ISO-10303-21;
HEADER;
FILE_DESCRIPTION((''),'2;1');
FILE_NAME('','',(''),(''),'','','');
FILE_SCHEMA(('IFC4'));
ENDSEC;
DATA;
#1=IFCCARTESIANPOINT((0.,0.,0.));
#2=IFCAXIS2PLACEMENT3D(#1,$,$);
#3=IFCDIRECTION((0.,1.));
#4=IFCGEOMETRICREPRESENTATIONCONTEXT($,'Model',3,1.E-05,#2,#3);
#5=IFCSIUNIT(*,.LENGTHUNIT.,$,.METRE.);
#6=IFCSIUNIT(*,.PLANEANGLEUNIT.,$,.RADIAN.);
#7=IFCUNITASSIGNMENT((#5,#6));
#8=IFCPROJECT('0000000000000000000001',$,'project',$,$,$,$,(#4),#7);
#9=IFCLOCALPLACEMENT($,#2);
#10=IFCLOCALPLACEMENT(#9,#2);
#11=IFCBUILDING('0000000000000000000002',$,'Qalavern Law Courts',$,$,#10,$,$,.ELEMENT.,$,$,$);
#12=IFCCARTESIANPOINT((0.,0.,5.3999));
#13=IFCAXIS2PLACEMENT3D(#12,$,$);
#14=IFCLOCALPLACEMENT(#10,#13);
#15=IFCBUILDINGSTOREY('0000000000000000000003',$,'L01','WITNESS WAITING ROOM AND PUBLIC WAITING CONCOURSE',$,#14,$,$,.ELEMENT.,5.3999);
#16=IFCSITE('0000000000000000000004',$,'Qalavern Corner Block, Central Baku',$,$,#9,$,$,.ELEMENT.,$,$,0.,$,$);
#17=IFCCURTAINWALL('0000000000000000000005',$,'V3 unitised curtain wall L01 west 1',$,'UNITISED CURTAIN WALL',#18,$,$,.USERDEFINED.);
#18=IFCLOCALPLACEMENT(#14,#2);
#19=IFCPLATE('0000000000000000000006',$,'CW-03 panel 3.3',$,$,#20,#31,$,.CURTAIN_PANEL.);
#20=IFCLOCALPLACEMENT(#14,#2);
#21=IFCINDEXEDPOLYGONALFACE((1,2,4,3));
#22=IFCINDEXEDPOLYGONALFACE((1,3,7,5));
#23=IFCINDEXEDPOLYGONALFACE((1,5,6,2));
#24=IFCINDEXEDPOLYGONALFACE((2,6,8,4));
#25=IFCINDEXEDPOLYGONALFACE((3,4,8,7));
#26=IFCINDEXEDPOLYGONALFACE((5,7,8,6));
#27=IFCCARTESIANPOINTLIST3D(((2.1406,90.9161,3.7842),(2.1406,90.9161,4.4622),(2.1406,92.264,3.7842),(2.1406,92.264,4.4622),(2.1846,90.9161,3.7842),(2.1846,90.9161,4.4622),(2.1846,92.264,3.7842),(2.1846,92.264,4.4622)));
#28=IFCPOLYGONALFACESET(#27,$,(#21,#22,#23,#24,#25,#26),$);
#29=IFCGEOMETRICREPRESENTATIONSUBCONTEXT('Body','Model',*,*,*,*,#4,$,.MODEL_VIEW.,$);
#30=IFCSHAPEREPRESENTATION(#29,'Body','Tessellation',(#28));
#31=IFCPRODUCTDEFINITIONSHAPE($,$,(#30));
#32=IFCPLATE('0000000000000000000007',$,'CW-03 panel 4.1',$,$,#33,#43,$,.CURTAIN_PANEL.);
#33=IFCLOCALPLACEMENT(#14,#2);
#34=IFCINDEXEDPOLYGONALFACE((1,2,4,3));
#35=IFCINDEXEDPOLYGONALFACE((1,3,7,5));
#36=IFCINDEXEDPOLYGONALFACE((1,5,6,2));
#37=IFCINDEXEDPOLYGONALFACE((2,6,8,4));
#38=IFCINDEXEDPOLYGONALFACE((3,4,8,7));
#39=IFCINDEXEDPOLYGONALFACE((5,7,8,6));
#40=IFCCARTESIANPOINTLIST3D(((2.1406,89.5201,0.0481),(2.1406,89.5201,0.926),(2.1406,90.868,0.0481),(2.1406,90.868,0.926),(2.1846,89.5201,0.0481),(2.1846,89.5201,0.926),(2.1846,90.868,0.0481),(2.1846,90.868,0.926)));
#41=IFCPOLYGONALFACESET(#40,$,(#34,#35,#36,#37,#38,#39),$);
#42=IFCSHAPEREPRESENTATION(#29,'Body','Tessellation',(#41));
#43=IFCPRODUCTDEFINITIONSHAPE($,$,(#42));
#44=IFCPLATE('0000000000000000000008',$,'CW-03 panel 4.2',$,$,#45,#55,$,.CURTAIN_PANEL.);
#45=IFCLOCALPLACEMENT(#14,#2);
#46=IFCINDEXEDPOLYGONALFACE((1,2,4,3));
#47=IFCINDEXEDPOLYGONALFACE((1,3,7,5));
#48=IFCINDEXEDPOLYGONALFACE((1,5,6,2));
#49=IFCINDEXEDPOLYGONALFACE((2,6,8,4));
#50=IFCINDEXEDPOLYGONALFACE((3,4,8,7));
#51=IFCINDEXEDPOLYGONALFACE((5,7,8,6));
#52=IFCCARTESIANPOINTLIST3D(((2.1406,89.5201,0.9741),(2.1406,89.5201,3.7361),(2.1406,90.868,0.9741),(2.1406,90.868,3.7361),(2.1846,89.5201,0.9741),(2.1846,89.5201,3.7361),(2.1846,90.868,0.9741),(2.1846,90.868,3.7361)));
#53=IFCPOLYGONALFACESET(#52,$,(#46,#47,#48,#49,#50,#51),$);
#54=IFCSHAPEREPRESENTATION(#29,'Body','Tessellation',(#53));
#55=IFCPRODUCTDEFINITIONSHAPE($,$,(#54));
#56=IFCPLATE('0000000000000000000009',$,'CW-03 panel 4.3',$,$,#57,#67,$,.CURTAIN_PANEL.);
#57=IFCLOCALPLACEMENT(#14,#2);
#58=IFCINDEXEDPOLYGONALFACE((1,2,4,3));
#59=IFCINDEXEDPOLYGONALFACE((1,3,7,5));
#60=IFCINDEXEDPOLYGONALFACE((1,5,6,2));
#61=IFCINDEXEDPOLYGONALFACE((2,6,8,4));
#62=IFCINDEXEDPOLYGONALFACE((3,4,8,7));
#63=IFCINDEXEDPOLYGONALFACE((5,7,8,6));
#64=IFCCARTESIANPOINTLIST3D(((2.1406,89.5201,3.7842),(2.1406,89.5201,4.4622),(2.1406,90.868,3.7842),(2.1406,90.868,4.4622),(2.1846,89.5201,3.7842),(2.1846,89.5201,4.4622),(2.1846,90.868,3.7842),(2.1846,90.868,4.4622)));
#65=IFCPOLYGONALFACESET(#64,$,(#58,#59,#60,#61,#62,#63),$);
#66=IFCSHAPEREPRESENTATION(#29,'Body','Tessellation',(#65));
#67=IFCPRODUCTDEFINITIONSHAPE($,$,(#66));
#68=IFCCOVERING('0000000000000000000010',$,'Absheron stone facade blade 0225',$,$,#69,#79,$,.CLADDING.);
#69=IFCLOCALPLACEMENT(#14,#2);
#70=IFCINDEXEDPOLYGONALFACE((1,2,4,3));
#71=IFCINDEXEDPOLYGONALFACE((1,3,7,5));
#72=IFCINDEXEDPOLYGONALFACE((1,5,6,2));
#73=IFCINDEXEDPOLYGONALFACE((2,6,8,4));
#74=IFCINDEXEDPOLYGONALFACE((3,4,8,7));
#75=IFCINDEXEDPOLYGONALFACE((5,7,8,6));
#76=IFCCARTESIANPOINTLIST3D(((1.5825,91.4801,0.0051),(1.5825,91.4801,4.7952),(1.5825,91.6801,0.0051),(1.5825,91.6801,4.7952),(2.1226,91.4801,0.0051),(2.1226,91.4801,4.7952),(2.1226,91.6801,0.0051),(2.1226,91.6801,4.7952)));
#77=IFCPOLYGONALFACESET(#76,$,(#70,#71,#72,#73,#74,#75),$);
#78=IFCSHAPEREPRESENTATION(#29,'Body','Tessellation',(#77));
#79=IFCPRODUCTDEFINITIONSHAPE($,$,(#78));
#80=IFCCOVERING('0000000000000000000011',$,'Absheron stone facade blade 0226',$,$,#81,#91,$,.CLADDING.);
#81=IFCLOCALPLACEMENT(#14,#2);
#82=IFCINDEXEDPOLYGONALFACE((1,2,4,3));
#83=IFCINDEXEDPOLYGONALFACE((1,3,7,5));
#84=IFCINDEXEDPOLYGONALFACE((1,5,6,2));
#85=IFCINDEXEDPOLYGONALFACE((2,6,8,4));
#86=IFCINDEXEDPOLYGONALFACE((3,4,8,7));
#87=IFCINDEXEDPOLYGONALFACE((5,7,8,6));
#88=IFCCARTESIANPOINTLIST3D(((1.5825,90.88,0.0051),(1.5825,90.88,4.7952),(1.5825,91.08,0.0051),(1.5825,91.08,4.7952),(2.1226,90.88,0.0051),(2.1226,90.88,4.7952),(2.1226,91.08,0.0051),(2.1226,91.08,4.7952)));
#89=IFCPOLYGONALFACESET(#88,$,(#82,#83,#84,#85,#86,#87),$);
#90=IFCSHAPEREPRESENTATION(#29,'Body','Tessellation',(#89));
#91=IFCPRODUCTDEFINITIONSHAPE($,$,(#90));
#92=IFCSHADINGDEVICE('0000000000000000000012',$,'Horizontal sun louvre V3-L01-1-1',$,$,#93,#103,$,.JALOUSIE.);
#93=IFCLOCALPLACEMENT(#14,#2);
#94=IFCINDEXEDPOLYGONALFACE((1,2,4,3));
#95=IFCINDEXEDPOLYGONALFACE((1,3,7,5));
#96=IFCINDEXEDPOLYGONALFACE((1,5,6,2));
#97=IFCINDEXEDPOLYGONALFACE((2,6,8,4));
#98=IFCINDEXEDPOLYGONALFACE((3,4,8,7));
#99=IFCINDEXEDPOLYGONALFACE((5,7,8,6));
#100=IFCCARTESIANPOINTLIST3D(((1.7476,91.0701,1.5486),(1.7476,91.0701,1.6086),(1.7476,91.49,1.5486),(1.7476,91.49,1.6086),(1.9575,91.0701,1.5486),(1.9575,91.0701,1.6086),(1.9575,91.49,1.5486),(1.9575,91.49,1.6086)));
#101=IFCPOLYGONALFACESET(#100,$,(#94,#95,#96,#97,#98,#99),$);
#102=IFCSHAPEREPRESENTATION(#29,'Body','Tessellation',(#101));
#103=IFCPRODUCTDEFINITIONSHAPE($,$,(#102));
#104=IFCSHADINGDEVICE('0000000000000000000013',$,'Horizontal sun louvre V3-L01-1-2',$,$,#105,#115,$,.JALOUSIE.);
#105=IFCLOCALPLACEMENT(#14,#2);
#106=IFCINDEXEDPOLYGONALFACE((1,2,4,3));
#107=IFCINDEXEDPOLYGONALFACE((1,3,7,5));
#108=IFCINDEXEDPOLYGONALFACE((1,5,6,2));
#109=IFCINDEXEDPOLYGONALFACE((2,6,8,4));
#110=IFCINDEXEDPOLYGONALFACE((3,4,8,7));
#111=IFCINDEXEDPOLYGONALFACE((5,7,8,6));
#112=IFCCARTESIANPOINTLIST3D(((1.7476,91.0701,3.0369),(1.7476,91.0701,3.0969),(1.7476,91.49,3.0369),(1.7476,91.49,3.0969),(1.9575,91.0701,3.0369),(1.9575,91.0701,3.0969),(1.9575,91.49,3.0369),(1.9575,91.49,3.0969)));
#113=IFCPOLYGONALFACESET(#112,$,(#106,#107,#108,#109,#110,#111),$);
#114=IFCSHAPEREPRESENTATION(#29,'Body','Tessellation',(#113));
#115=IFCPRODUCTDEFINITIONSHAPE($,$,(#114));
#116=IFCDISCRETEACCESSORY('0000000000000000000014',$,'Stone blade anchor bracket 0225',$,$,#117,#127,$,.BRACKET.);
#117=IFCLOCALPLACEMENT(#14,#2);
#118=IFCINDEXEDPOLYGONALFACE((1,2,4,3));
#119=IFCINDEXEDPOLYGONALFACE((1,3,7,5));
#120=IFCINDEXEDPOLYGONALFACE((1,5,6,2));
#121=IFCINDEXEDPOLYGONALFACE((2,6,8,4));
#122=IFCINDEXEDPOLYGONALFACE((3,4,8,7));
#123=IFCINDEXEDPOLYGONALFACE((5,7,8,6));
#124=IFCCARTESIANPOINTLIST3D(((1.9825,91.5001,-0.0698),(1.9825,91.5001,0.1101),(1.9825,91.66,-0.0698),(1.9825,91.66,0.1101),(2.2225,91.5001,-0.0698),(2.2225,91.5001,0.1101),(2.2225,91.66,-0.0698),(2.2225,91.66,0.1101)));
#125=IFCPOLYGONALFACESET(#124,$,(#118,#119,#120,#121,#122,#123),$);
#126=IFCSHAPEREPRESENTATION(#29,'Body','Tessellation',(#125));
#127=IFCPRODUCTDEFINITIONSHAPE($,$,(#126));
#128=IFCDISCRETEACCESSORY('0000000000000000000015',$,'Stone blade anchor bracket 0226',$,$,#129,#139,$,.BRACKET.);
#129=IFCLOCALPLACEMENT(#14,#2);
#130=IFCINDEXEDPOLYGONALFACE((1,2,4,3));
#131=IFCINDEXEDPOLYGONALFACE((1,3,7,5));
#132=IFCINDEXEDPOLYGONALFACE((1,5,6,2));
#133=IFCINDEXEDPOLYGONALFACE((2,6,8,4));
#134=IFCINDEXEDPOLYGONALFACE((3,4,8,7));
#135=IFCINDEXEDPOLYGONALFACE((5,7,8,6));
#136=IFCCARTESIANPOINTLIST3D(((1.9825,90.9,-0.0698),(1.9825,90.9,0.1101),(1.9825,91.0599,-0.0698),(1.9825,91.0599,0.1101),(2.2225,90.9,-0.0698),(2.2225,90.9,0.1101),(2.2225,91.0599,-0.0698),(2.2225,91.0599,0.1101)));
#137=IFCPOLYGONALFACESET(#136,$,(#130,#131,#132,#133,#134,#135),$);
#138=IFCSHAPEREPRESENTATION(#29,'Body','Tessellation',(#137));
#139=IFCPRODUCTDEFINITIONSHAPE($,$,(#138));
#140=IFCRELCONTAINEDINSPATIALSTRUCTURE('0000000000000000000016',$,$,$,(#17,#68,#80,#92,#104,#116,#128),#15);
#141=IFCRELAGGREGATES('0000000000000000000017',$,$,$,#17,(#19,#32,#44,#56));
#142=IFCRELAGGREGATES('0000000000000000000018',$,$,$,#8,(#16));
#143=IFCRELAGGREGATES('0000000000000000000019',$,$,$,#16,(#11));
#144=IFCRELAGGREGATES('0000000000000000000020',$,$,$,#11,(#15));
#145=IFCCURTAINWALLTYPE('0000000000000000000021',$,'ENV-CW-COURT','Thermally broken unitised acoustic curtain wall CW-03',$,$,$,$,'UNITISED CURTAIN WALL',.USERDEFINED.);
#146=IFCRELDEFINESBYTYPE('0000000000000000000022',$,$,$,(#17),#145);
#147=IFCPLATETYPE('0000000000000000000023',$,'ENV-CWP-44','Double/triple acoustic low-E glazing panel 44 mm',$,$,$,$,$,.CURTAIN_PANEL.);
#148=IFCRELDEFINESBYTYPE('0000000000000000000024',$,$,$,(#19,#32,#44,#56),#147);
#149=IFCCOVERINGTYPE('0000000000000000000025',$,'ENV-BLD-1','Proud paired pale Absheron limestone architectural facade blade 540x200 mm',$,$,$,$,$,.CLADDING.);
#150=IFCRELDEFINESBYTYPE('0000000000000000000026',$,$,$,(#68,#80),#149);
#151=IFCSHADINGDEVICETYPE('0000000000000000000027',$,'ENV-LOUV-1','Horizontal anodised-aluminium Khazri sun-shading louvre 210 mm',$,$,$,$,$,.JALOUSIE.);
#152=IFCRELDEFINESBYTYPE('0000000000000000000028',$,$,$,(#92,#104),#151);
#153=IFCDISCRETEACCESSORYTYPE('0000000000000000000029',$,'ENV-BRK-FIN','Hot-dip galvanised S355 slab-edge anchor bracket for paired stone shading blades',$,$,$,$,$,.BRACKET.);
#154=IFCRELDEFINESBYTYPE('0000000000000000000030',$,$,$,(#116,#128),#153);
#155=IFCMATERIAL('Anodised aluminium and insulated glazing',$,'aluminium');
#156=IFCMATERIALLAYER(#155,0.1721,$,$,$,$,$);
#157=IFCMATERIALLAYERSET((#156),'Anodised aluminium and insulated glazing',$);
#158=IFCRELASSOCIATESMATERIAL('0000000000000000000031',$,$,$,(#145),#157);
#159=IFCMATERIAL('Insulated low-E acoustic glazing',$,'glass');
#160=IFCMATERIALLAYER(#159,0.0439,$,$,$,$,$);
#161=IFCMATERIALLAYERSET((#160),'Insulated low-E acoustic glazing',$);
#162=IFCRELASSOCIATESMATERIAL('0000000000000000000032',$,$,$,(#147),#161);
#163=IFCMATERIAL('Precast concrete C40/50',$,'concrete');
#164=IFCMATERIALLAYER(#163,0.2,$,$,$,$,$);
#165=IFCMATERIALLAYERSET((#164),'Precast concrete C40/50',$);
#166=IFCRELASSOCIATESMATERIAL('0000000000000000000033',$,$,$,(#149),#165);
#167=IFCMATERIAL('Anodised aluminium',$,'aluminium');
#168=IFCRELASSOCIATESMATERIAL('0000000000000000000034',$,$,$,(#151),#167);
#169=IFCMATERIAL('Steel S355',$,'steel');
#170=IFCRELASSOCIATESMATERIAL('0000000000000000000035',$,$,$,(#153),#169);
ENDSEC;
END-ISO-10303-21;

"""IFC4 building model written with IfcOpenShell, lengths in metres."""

from ifc_helpers import new_model, si_unit, direction, frame, origin, origin_2d, place, context, subcontext, project, spatial, rectangle, extrude, material, layer, layer_set, type_object, element, aggregate, save


model = new_model("IFC4")

# Units and contexts
model_context = context("Model", 3, precision=1e-05, world=origin(), true_north=direction((0.0, 1.0)))
body_context = subcontext(model_context, "Body", "Model", "MODEL_VIEW")
ifc_project = project(units=[si_unit("LENGTHUNIT", "METRE"), si_unit("PLANEANGLEUNIT", "RADIAN")], contexts=[model_context])

# Site, building, storey
site_placement = place(None, origin())
site = spatial("IfcSite", under=ifc_project, at=site_placement, Name="Qalavern Corner Block, Central Baku", CompositionType="ELEMENT", RefElevation=0.0)
building_placement = place(site_placement, origin())
building = spatial("IfcBuilding", under=site, at=building_placement, Name="Qalavern Law Courts", CompositionType="ELEMENT")
storey_placement = place(building_placement, frame((0.0, 0.0, 5.3999)))
storey = spatial("IfcBuildingStorey", under=building, at=storey_placement, Name="L01", Description="WITNESS WAITING ROOM AND PUBLIC WAITING CONCOURSE", CompositionType="ELEMENT", Elevation=5.3999)

# Curtain wall, plates
ifc_material_1 = material(Name="Anodised aluminium and insulated glazing", Category="aluminium")
ifc_layer_1 = layer(ifc_material_1, 0.1721)
ifc_layer_set_1 = layer_set([ifc_layer_1], Name="Anodised aluminium and insulated glazing")
curtain_wall_type = type_object("IfcCurtainWallType", Name="ENV-CW-COURT", Description="Thermally broken unitised acoustic curtain wall CW-03", ElementType="UNITISED CURTAIN WALL", PredefinedType="USERDEFINED", material=ifc_layer_set_1)
curtain_wall_placement = place(storey_placement, origin())
curtain_wall = element("IfcCurtainWall", 1, at=curtain_wall_placement, inside=storey, type_object=curtain_wall_type, Name="V3 unitised curtain wall L01 west 1", ObjectType="UNITISED CURTAIN WALL", PredefinedType="USERDEFINED")
ifc_material_2 = material(Name="Anodised aluminium", Category="aluminium")
ifc_material_3 = material(Name="Insulated low-E acoustic glazing", Category="glass")
ifc_layer_2 = layer(ifc_material_3, 0.0439)
ifc_layer_set_2 = layer_set([ifc_layer_2], Name="Insulated low-E acoustic glazing")
plate_type = type_object("IfcPlateType", Name="ENV-CWP-44", Description="Double/triple acoustic low-E glazing panel 44 mm", PredefinedType="CURTAIN_PANEL", material=ifc_layer_set_2)
plate_1_placement = place(storey_placement, frame((2.1626, 91.5901, 3.7842), z_axis=(0.0, 0.0, 1.0), x_axis=(0.0, -1.0, 0.0)))
plate_1 = element("IfcPlate", 2, at=plate_1_placement, type_object=plate_type, Name="CW-03 panel 3.3", PredefinedType="CURTAIN_PANEL", context=body_context, shape_type="SweptSolid", body=[
    extrude(rectangle(XDim=1.3479, YDim=0.0439, at=origin_2d()), origin(), (0.0, 0.0, 1.0), 0.678),
])
plate_2_placement = place(storey_placement, frame((2.1626, 90.1941, 0.0481), z_axis=(0.0, 0.0, 1.0), x_axis=(0.0, -1.0, 0.0)))
plate_2 = element("IfcPlate", 3, at=plate_2_placement, type_object=plate_type, Name="CW-03 panel 4.1", PredefinedType="CURTAIN_PANEL", context=body_context, shape_type="SweptSolid", body=[
    extrude(rectangle(XDim=1.3479, YDim=0.0439, at=origin_2d()), origin(), (0.0, 0.0, 1.0), 0.8779),
])
plate_3_placement = place(storey_placement, frame((2.1626, 90.1941, 0.9741), z_axis=(0.0, 0.0, 1.0), x_axis=(0.0, -1.0, 0.0)))
plate_3 = element("IfcPlate", 4, at=plate_3_placement, type_object=plate_type, Name="CW-03 panel 4.2", PredefinedType="CURTAIN_PANEL", context=body_context, shape_type="SweptSolid", body=[
    extrude(rectangle(XDim=1.3479, YDim=0.0439, at=origin_2d()), origin(), (0.0, 0.0, 1.0), 2.762),
])
plate_4_placement = place(storey_placement, frame((2.1626, 90.1941, 3.7842), z_axis=(0.0, 0.0, 1.0), x_axis=(0.0, -1.0, 0.0)))
plate_4 = element("IfcPlate", 5, at=plate_4_placement, type_object=plate_type, Name="CW-03 panel 4.3", PredefinedType="CURTAIN_PANEL", context=body_context, shape_type="SweptSolid", body=[
    extrude(rectangle(XDim=1.3479, YDim=0.0439, at=origin_2d()), origin(), (0.0, 0.0, 1.0), 0.678),
])
aggregate(curtain_wall, [plate_1, plate_2, plate_3, plate_4])

# Coverings
ifc_material_4 = material(Name="Precast concrete C40/50", Category="concrete")
ifc_layer_3 = layer(ifc_material_4, 0.2)
ifc_layer_set_3 = layer_set([ifc_layer_3], Name="Precast concrete C40/50")
covering_type = type_object("IfcCoveringType", Name="ENV-BLD-1", Description="Proud paired pale Absheron limestone architectural facade blade 540x200 mm", PredefinedType="CLADDING", material=ifc_layer_set_3)
for number, where, z_axis, x_axis, name in (
    (6, (1.8525, 91.5801, 0.0051), (0.0, 0.0, 1.0), (-1.0, 0.0, 0.0), "Absheron stone facade blade 0225"),
    (7, (1.8525, 90.98, 0.0051), (0.0, 0.0, 1.0), (-1.0, 0.0, 0.0), "Absheron stone facade blade 0226"),
):
    element("IfcCovering", number, at=place(storey_placement, frame(where, z_axis=z_axis, x_axis=x_axis)), inside=storey, type_object=covering_type, Name=name, PredefinedType="CLADDING", context=body_context, shape_type="SweptSolid", body=[
        extrude(rectangle(XDim=0.54, YDim=0.2, at=origin_2d()), origin(), (0.0, 0.0, 1.0), 4.79),
    ])

# Shading devices
shading_device_type = type_object("IfcShadingDeviceType", Name="ENV-LOUV-1", Description="Horizontal anodised-aluminium Khazri sun-shading louvre 210 mm", PredefinedType="JALOUSIE", material=ifc_material_2)
for number, where, z_axis, x_axis, name in (
    (8, (1.8525, 91.28, 1.5486), (0.0, 0.0, 1.0), (0.0, -1.0, 0.0), "Horizontal sun louvre V3-L01-1-1"),
    (9, (1.8525, 91.28, 3.0369), (0.0, 0.0, 1.0), (0.0, -1.0, 0.0), "Horizontal sun louvre V3-L01-1-2"),
):
    element("IfcShadingDevice", number, at=place(storey_placement, frame(where, z_axis=z_axis, x_axis=x_axis)), inside=storey, type_object=shading_device_type, Name=name, PredefinedType="JALOUSIE", context=body_context, shape_type="SweptSolid", body=[
        extrude(rectangle(XDim=0.4199, YDim=0.21, at=origin_2d()), origin(), (0.0, 0.0, 1.0), 0.0601),
    ])

# Discrete accessories
ifc_material_5 = material(Name="Steel S355", Category="steel")
discrete_accessory_type = type_object("IfcDiscreteAccessoryType", Name="ENV-BRK-FIN", Description="Hot-dip galvanised S355 slab-edge anchor bracket for paired stone shading blades", PredefinedType="BRACKET", material=ifc_material_5)
for number, where, z_axis, x_axis, name in (
    (10, (2.1025, 91.5801, -0.0698), (0.0, 0.0, 1.0), (-1.0, 0.0, 0.0), "Stone blade anchor bracket 0225"),
    (11, (2.1025, 90.98, -0.0698), (0.0, 0.0, 1.0), (-1.0, 0.0, 0.0), "Stone blade anchor bracket 0226"),
):
    element("IfcDiscreteAccessory", number, at=place(storey_placement, frame(where, z_axis=z_axis, x_axis=x_axis)), inside=storey, type_object=discrete_accessory_type, Name=name, PredefinedType="BRACKET", context=body_context, shape_type="SweptSolid", body=[
        extrude(rectangle(XDim=0.24, YDim=0.1599, at=origin_2d()), origin(), (0.0, 0.0, 1.0), 0.1799),
    ])

save(model, "model.ifc")
